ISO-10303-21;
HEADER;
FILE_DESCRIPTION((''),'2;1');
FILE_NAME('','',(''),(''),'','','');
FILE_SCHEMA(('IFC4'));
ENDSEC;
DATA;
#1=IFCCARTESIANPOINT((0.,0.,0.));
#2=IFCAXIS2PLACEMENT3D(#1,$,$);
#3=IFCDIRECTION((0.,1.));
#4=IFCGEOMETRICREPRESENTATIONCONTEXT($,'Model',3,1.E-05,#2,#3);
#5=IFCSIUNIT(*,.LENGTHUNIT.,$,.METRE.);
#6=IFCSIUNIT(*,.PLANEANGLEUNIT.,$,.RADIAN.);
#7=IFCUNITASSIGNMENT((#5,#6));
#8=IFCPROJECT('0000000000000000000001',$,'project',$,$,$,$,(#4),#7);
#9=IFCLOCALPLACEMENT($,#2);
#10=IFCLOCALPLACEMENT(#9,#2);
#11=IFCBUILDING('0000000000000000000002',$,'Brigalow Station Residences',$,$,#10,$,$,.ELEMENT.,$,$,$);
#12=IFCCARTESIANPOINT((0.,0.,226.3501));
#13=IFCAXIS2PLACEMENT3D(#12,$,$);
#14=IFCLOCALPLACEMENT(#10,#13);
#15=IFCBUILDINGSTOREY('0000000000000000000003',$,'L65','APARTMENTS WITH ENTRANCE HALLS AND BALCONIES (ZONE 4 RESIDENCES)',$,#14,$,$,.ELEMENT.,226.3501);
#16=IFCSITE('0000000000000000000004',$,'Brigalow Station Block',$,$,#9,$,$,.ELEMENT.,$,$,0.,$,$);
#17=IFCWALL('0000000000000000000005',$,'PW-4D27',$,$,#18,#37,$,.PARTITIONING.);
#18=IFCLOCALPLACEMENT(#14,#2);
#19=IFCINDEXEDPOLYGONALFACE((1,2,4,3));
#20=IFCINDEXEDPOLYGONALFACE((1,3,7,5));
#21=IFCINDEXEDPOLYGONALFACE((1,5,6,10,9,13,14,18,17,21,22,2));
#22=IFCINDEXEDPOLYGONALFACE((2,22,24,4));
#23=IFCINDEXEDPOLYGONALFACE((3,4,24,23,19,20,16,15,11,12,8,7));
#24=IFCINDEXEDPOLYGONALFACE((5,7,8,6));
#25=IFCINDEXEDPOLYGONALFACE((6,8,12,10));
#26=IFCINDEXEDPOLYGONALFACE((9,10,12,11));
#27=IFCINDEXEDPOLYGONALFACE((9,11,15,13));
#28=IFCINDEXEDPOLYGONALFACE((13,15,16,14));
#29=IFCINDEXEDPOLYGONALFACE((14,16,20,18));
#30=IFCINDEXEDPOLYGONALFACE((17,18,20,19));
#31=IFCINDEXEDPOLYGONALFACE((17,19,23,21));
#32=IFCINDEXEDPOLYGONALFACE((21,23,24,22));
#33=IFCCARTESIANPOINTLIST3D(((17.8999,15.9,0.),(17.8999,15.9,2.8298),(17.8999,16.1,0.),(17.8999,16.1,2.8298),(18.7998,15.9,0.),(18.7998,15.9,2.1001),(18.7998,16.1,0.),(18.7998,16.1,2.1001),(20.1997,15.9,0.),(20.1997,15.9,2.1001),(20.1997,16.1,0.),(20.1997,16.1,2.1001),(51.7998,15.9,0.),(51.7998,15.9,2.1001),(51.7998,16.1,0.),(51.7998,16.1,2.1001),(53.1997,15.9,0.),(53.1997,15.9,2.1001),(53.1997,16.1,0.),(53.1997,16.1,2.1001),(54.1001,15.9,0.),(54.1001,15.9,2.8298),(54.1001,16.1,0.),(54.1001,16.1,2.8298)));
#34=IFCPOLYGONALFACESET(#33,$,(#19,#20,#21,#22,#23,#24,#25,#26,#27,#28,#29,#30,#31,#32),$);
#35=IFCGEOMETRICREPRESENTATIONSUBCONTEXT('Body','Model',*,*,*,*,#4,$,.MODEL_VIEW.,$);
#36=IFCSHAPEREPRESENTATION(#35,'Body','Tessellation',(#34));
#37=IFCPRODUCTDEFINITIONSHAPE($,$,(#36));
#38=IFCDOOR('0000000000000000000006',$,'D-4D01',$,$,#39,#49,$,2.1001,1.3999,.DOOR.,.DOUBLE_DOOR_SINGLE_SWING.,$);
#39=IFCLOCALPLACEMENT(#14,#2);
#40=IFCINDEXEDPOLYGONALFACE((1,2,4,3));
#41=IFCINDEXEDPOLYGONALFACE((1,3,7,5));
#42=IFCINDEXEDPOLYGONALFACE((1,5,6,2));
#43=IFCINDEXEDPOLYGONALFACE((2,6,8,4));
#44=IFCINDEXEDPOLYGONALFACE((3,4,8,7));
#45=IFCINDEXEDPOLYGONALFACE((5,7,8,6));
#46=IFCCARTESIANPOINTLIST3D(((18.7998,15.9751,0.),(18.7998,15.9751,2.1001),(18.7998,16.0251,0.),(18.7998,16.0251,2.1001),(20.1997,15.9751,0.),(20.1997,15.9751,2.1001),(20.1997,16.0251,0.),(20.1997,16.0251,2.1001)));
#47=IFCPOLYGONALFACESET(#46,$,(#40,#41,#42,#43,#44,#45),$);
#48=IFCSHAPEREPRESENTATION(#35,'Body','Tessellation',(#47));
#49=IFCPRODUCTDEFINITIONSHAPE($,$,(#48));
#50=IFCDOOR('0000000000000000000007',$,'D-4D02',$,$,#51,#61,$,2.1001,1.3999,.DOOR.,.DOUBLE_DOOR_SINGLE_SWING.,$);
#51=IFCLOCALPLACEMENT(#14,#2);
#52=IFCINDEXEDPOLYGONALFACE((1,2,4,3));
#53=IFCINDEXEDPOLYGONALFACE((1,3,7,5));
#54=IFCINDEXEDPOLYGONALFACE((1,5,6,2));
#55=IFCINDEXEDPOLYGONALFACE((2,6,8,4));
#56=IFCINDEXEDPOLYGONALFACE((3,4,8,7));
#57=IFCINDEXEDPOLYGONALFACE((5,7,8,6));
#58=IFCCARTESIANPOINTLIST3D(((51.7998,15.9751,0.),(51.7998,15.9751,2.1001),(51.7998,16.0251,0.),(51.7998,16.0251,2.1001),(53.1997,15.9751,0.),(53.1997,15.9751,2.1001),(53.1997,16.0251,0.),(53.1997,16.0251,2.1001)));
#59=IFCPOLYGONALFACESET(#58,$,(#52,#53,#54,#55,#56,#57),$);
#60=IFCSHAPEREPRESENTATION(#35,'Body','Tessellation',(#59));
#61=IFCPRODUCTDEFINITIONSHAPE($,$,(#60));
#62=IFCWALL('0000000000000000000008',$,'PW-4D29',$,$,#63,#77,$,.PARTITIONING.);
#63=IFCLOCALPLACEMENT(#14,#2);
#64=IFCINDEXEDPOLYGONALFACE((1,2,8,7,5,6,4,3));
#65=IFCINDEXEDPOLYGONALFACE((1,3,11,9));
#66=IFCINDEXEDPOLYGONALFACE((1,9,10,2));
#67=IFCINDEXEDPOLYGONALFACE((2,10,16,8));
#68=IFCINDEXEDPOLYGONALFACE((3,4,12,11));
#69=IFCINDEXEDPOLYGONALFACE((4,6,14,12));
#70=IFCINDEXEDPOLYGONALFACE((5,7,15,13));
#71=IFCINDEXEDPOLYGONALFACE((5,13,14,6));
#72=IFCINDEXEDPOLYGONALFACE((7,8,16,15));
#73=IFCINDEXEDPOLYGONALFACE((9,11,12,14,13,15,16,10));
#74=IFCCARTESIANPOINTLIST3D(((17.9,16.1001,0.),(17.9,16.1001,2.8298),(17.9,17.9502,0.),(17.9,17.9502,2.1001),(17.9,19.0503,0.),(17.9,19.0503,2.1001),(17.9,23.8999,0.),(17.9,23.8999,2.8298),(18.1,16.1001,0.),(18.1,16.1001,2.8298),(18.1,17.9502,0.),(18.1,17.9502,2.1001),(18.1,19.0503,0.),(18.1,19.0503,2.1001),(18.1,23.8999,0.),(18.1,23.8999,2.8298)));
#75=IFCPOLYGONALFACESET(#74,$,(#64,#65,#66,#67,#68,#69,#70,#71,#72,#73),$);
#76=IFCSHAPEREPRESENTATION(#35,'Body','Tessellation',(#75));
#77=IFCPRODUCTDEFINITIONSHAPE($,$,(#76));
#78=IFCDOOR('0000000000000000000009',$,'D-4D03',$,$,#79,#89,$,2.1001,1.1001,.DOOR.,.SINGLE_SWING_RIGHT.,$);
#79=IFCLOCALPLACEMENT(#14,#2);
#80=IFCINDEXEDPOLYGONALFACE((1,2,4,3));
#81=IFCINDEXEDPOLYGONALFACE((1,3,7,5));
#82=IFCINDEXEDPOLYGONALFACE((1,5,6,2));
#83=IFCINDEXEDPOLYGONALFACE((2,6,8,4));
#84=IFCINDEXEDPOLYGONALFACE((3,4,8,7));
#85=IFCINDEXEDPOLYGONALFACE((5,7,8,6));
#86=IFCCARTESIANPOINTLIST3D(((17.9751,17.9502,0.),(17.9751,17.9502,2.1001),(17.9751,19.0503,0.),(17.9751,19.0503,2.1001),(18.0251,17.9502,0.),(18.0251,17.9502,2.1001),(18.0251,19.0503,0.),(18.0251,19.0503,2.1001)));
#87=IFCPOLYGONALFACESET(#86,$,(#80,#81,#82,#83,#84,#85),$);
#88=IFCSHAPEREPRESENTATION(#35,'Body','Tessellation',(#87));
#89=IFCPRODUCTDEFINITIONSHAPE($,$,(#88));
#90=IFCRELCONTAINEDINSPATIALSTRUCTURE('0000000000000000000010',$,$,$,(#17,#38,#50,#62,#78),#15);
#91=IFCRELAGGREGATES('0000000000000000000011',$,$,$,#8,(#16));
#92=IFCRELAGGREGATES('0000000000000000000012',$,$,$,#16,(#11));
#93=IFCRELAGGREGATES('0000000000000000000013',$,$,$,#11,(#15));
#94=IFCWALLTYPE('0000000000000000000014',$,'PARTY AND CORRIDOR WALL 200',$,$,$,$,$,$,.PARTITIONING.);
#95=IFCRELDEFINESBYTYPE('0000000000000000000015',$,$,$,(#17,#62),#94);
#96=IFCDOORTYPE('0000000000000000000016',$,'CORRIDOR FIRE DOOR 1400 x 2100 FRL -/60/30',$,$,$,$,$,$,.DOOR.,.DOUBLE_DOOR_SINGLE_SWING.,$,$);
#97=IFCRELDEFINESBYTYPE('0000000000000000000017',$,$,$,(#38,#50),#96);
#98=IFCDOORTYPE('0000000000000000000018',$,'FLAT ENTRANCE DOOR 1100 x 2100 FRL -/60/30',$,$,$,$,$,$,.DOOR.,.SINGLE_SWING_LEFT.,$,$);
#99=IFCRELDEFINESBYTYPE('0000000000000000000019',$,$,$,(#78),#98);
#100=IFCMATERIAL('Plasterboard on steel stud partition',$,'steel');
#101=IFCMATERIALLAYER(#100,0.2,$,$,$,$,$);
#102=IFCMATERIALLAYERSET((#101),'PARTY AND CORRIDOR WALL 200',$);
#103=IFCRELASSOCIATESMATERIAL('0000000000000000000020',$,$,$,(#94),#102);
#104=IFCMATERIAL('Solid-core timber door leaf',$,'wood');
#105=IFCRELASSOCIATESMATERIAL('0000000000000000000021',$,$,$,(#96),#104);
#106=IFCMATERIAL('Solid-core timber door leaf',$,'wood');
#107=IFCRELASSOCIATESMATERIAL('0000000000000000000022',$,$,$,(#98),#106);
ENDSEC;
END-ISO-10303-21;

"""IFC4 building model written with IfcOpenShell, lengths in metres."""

from ifc_helpers import new_model, si_unit, direction, frame, frame_2d, origin, place, context, subcontext, project, spatial, rectangle, extrude, material, layer, layer_set, type_object, element, fill, save


model = new_model("IFC4")

# Units and contexts
model_context = context("Model", 3, precision=1e-05, world=origin(), true_north=direction((0.0, 1.0)))
body_context = subcontext(model_context, "Body", "Model", "MODEL_VIEW")
ifc_project = project(units=[si_unit("LENGTHUNIT", "METRE"), si_unit("PLANEANGLEUNIT", "RADIAN")], contexts=[model_context])

# Site, building, storey
site_placement = place(None, origin())
site = spatial("IfcSite", under=ifc_project, at=site_placement, Name="Brigalow Station Block", CompositionType="ELEMENT", RefElevation=0.0)
building_placement = place(site_placement, origin())
building = spatial("IfcBuilding", under=site, at=building_placement, Name="Brigalow Station Residences", CompositionType="ELEMENT")
storey_placement = place(building_placement, frame((0.0, 0.0, 226.3501)))
storey = spatial("IfcBuildingStorey", under=building, at=storey_placement, Name="L65", Description="APARTMENTS WITH ENTRANCE HALLS AND BALCONIES (ZONE 4 RESIDENCES)", CompositionType="ELEMENT", Elevation=226.3501)

# Wall, openings, doors
ifc_material_1 = material(Name="Plasterboard on steel stud partition", Category="steel")
ifc_layer_1 = layer(ifc_material_1, 0.2)
ifc_layer_set_1 = layer_set([ifc_layer_1], Name="PARTY AND CORRIDOR WALL 200")
wall_type_1 = type_object("IfcWallType", Name="PARTY AND CORRIDOR WALL 200", PredefinedType="PARTITIONING", material=ifc_layer_set_1)
wall_1_placement = place(storey_placement, frame((17.8999, 16.0, 0.0), z_axis=(0.0, 0.0, 1.0), x_axis=(1.0, 0.0, 0.0)))
wall_1 = element("IfcWall", 1, at=wall_1_placement, inside=storey, type_object=wall_type_1, Name="PW-4D27", PredefinedType="PARTITIONING", context=body_context, shape_type="SweptSolid", body=[
    extrude(rectangle(XDim=36.2002, YDim=0.2, at=frame_2d((18.1001, 0.0))), origin(), (0.0, 0.0, 1.0), 2.8298),
])
opening_1_placement = place(wall_1_placement, frame((0.8999, 0.0, 0.0)))
opening_1 = element("IfcOpeningElement", 2, at=opening_1_placement, cuts=wall_1, PredefinedType="OPENING", context=body_context, shape_type="SweptSolid", body=[
    extrude(rectangle(XDim=1.3999, YDim=2.1001, at=frame_2d((0.7, 1.05))), frame((0.0, 0.1099, 0.0), z_axis=(0.0, -1.0, 0.0), x_axis=(1.0, 0.0, 0.0)), (0.0, 0.0, 1.0), 0.22),
])
opening_2_placement = place(wall_1_placement, frame((33.8999, 0.0, 0.0)))
opening_2 = element("IfcOpeningElement", 3, at=opening_2_placement, cuts=wall_1, PredefinedType="OPENING", context=body_context, shape_type="SweptSolid", body=[
    extrude(rectangle(XDim=1.3999, YDim=2.1001, at=frame_2d((0.7, 1.05))), frame((0.0, 0.1099, 0.0), z_axis=(0.0, -1.0, 0.0), x_axis=(1.0, 0.0, 0.0)), (0.0, 0.0, 1.0), 0.22),
])
ifc_material_2 = material(Name="Solid-core timber door leaf", Category="wood")
door_type_1 = type_object("IfcDoorType", Name="CORRIDOR FIRE DOOR 1400 x 2100 FRL -/60/30", OperationType="DOUBLE_DOOR_SINGLE_SWING", PredefinedType="DOOR", material=ifc_material_2)
door_1_placement = place(opening_1_placement, frame((1.3999, 0.0, 0.0), z_axis=(0.0, 0.0, 1.0), x_axis=(-1.0, 0.0, 0.0)))
door_1 = element("IfcDoor", 4, at=door_1_placement, inside=storey, type_object=door_type_1, Name="D-4D01", OperationType="DOUBLE_DOOR_SINGLE_SWING", OverallHeight=2.1001, OverallWidth=1.3999, PredefinedType="DOOR", context=body_context, shape_type="SweptSolid", body=[
    extrude(rectangle(XDim=1.3999, YDim=2.1001, at=frame_2d((0.7, 1.05))), frame((0.0, 0.0249, 0.0), z_axis=(0.0, -1.0, 0.0), x_axis=(1.0, 0.0, 0.0)), (0.0, 0.0, 1.0), 0.05),
])
fill(opening_1, door_1)
door_2_placement = place(opening_2_placement, frame((1.3999, 0.0, 0.0), z_axis=(0.0, 0.0, 1.0), x_axis=(-1.0, 0.0, 0.0)))
door_2 = element("IfcDoor", 5, at=door_2_placement, inside=storey, type_object=door_type_1, Name="D-4D02", OperationType="DOUBLE_DOOR_SINGLE_SWING", OverallHeight=2.1001, OverallWidth=1.3999, PredefinedType="DOOR", context=body_context, shape_type="SweptSolid", body=[
    extrude(rectangle(XDim=1.3999, YDim=2.1001, at=frame_2d((0.7, 1.05))), frame((0.0, 0.0249, 0.0), z_axis=(0.0, -1.0, 0.0), x_axis=(1.0, 0.0, 0.0)), (0.0, 0.0, 1.0), 0.05),
])
fill(opening_2, door_2)

# Wall, opening, door
wall_2_placement = place(storey_placement, frame((18.0, 16.1001, 0.0), z_axis=(0.0, 0.0, 1.0), x_axis=(0.0, 1.0, 0.0)))
wall_2 = element("IfcWall", 6, at=wall_2_placement, inside=storey, type_object=wall_type_1, Name="PW-4D29", PredefinedType="PARTITIONING", context=body_context, shape_type="SweptSolid", body=[
    extrude(rectangle(XDim=7.7998, YDim=0.2, at=frame_2d((3.8999, 0.0))), origin(), (0.0, 0.0, 1.0), 2.8298),
])
opening_3_placement = place(wall_2_placement, frame((1.8501, 0.0, 0.0)))
opening_3 = element("IfcOpeningElement", 7, at=opening_3_placement, cuts=wall_2, PredefinedType="OPENING", context=body_context, shape_type="SweptSolid", body=[
    extrude(rectangle(XDim=1.1001, YDim=2.1001, at=frame_2d((0.55, 1.05))), frame((0.0, 0.1099, 0.0), z_axis=(0.0, -1.0, 0.0), x_axis=(1.0, 0.0, 0.0)), (0.0, 0.0, 1.0), 0.22),
])
ifc_material_3 = material(Name="Solid-core timber door leaf", Category="wood")
door_type_2 = type_object("IfcDoorType", Name="FLAT ENTRANCE DOOR 1100 x 2100 FRL -/60/30", OperationType="SINGLE_SWING_LEFT", PredefinedType="DOOR", material=ifc_material_3)
door_3_placement = place(opening_3_placement, origin())
door_3 = element("IfcDoor", 8, at=door_3_placement, inside=storey, type_object=door_type_2, Name="D-4D03", OperationType="SINGLE_SWING_RIGHT", OverallHeight=2.1001, OverallWidth=1.1001, PredefinedType="DOOR", context=body_context, shape_type="SweptSolid", body=[
    extrude(rectangle(XDim=1.1001, YDim=2.1001, at=frame_2d((0.55, 1.05))), frame((0.0, 0.0249, 0.0), z_axis=(0.0, -1.0, 0.0), x_axis=(1.0, 0.0, 0.0)), (0.0, 0.0, 1.0), 0.05),
])
fill(opening_3, door_3)

save(model, "model.ifc")
